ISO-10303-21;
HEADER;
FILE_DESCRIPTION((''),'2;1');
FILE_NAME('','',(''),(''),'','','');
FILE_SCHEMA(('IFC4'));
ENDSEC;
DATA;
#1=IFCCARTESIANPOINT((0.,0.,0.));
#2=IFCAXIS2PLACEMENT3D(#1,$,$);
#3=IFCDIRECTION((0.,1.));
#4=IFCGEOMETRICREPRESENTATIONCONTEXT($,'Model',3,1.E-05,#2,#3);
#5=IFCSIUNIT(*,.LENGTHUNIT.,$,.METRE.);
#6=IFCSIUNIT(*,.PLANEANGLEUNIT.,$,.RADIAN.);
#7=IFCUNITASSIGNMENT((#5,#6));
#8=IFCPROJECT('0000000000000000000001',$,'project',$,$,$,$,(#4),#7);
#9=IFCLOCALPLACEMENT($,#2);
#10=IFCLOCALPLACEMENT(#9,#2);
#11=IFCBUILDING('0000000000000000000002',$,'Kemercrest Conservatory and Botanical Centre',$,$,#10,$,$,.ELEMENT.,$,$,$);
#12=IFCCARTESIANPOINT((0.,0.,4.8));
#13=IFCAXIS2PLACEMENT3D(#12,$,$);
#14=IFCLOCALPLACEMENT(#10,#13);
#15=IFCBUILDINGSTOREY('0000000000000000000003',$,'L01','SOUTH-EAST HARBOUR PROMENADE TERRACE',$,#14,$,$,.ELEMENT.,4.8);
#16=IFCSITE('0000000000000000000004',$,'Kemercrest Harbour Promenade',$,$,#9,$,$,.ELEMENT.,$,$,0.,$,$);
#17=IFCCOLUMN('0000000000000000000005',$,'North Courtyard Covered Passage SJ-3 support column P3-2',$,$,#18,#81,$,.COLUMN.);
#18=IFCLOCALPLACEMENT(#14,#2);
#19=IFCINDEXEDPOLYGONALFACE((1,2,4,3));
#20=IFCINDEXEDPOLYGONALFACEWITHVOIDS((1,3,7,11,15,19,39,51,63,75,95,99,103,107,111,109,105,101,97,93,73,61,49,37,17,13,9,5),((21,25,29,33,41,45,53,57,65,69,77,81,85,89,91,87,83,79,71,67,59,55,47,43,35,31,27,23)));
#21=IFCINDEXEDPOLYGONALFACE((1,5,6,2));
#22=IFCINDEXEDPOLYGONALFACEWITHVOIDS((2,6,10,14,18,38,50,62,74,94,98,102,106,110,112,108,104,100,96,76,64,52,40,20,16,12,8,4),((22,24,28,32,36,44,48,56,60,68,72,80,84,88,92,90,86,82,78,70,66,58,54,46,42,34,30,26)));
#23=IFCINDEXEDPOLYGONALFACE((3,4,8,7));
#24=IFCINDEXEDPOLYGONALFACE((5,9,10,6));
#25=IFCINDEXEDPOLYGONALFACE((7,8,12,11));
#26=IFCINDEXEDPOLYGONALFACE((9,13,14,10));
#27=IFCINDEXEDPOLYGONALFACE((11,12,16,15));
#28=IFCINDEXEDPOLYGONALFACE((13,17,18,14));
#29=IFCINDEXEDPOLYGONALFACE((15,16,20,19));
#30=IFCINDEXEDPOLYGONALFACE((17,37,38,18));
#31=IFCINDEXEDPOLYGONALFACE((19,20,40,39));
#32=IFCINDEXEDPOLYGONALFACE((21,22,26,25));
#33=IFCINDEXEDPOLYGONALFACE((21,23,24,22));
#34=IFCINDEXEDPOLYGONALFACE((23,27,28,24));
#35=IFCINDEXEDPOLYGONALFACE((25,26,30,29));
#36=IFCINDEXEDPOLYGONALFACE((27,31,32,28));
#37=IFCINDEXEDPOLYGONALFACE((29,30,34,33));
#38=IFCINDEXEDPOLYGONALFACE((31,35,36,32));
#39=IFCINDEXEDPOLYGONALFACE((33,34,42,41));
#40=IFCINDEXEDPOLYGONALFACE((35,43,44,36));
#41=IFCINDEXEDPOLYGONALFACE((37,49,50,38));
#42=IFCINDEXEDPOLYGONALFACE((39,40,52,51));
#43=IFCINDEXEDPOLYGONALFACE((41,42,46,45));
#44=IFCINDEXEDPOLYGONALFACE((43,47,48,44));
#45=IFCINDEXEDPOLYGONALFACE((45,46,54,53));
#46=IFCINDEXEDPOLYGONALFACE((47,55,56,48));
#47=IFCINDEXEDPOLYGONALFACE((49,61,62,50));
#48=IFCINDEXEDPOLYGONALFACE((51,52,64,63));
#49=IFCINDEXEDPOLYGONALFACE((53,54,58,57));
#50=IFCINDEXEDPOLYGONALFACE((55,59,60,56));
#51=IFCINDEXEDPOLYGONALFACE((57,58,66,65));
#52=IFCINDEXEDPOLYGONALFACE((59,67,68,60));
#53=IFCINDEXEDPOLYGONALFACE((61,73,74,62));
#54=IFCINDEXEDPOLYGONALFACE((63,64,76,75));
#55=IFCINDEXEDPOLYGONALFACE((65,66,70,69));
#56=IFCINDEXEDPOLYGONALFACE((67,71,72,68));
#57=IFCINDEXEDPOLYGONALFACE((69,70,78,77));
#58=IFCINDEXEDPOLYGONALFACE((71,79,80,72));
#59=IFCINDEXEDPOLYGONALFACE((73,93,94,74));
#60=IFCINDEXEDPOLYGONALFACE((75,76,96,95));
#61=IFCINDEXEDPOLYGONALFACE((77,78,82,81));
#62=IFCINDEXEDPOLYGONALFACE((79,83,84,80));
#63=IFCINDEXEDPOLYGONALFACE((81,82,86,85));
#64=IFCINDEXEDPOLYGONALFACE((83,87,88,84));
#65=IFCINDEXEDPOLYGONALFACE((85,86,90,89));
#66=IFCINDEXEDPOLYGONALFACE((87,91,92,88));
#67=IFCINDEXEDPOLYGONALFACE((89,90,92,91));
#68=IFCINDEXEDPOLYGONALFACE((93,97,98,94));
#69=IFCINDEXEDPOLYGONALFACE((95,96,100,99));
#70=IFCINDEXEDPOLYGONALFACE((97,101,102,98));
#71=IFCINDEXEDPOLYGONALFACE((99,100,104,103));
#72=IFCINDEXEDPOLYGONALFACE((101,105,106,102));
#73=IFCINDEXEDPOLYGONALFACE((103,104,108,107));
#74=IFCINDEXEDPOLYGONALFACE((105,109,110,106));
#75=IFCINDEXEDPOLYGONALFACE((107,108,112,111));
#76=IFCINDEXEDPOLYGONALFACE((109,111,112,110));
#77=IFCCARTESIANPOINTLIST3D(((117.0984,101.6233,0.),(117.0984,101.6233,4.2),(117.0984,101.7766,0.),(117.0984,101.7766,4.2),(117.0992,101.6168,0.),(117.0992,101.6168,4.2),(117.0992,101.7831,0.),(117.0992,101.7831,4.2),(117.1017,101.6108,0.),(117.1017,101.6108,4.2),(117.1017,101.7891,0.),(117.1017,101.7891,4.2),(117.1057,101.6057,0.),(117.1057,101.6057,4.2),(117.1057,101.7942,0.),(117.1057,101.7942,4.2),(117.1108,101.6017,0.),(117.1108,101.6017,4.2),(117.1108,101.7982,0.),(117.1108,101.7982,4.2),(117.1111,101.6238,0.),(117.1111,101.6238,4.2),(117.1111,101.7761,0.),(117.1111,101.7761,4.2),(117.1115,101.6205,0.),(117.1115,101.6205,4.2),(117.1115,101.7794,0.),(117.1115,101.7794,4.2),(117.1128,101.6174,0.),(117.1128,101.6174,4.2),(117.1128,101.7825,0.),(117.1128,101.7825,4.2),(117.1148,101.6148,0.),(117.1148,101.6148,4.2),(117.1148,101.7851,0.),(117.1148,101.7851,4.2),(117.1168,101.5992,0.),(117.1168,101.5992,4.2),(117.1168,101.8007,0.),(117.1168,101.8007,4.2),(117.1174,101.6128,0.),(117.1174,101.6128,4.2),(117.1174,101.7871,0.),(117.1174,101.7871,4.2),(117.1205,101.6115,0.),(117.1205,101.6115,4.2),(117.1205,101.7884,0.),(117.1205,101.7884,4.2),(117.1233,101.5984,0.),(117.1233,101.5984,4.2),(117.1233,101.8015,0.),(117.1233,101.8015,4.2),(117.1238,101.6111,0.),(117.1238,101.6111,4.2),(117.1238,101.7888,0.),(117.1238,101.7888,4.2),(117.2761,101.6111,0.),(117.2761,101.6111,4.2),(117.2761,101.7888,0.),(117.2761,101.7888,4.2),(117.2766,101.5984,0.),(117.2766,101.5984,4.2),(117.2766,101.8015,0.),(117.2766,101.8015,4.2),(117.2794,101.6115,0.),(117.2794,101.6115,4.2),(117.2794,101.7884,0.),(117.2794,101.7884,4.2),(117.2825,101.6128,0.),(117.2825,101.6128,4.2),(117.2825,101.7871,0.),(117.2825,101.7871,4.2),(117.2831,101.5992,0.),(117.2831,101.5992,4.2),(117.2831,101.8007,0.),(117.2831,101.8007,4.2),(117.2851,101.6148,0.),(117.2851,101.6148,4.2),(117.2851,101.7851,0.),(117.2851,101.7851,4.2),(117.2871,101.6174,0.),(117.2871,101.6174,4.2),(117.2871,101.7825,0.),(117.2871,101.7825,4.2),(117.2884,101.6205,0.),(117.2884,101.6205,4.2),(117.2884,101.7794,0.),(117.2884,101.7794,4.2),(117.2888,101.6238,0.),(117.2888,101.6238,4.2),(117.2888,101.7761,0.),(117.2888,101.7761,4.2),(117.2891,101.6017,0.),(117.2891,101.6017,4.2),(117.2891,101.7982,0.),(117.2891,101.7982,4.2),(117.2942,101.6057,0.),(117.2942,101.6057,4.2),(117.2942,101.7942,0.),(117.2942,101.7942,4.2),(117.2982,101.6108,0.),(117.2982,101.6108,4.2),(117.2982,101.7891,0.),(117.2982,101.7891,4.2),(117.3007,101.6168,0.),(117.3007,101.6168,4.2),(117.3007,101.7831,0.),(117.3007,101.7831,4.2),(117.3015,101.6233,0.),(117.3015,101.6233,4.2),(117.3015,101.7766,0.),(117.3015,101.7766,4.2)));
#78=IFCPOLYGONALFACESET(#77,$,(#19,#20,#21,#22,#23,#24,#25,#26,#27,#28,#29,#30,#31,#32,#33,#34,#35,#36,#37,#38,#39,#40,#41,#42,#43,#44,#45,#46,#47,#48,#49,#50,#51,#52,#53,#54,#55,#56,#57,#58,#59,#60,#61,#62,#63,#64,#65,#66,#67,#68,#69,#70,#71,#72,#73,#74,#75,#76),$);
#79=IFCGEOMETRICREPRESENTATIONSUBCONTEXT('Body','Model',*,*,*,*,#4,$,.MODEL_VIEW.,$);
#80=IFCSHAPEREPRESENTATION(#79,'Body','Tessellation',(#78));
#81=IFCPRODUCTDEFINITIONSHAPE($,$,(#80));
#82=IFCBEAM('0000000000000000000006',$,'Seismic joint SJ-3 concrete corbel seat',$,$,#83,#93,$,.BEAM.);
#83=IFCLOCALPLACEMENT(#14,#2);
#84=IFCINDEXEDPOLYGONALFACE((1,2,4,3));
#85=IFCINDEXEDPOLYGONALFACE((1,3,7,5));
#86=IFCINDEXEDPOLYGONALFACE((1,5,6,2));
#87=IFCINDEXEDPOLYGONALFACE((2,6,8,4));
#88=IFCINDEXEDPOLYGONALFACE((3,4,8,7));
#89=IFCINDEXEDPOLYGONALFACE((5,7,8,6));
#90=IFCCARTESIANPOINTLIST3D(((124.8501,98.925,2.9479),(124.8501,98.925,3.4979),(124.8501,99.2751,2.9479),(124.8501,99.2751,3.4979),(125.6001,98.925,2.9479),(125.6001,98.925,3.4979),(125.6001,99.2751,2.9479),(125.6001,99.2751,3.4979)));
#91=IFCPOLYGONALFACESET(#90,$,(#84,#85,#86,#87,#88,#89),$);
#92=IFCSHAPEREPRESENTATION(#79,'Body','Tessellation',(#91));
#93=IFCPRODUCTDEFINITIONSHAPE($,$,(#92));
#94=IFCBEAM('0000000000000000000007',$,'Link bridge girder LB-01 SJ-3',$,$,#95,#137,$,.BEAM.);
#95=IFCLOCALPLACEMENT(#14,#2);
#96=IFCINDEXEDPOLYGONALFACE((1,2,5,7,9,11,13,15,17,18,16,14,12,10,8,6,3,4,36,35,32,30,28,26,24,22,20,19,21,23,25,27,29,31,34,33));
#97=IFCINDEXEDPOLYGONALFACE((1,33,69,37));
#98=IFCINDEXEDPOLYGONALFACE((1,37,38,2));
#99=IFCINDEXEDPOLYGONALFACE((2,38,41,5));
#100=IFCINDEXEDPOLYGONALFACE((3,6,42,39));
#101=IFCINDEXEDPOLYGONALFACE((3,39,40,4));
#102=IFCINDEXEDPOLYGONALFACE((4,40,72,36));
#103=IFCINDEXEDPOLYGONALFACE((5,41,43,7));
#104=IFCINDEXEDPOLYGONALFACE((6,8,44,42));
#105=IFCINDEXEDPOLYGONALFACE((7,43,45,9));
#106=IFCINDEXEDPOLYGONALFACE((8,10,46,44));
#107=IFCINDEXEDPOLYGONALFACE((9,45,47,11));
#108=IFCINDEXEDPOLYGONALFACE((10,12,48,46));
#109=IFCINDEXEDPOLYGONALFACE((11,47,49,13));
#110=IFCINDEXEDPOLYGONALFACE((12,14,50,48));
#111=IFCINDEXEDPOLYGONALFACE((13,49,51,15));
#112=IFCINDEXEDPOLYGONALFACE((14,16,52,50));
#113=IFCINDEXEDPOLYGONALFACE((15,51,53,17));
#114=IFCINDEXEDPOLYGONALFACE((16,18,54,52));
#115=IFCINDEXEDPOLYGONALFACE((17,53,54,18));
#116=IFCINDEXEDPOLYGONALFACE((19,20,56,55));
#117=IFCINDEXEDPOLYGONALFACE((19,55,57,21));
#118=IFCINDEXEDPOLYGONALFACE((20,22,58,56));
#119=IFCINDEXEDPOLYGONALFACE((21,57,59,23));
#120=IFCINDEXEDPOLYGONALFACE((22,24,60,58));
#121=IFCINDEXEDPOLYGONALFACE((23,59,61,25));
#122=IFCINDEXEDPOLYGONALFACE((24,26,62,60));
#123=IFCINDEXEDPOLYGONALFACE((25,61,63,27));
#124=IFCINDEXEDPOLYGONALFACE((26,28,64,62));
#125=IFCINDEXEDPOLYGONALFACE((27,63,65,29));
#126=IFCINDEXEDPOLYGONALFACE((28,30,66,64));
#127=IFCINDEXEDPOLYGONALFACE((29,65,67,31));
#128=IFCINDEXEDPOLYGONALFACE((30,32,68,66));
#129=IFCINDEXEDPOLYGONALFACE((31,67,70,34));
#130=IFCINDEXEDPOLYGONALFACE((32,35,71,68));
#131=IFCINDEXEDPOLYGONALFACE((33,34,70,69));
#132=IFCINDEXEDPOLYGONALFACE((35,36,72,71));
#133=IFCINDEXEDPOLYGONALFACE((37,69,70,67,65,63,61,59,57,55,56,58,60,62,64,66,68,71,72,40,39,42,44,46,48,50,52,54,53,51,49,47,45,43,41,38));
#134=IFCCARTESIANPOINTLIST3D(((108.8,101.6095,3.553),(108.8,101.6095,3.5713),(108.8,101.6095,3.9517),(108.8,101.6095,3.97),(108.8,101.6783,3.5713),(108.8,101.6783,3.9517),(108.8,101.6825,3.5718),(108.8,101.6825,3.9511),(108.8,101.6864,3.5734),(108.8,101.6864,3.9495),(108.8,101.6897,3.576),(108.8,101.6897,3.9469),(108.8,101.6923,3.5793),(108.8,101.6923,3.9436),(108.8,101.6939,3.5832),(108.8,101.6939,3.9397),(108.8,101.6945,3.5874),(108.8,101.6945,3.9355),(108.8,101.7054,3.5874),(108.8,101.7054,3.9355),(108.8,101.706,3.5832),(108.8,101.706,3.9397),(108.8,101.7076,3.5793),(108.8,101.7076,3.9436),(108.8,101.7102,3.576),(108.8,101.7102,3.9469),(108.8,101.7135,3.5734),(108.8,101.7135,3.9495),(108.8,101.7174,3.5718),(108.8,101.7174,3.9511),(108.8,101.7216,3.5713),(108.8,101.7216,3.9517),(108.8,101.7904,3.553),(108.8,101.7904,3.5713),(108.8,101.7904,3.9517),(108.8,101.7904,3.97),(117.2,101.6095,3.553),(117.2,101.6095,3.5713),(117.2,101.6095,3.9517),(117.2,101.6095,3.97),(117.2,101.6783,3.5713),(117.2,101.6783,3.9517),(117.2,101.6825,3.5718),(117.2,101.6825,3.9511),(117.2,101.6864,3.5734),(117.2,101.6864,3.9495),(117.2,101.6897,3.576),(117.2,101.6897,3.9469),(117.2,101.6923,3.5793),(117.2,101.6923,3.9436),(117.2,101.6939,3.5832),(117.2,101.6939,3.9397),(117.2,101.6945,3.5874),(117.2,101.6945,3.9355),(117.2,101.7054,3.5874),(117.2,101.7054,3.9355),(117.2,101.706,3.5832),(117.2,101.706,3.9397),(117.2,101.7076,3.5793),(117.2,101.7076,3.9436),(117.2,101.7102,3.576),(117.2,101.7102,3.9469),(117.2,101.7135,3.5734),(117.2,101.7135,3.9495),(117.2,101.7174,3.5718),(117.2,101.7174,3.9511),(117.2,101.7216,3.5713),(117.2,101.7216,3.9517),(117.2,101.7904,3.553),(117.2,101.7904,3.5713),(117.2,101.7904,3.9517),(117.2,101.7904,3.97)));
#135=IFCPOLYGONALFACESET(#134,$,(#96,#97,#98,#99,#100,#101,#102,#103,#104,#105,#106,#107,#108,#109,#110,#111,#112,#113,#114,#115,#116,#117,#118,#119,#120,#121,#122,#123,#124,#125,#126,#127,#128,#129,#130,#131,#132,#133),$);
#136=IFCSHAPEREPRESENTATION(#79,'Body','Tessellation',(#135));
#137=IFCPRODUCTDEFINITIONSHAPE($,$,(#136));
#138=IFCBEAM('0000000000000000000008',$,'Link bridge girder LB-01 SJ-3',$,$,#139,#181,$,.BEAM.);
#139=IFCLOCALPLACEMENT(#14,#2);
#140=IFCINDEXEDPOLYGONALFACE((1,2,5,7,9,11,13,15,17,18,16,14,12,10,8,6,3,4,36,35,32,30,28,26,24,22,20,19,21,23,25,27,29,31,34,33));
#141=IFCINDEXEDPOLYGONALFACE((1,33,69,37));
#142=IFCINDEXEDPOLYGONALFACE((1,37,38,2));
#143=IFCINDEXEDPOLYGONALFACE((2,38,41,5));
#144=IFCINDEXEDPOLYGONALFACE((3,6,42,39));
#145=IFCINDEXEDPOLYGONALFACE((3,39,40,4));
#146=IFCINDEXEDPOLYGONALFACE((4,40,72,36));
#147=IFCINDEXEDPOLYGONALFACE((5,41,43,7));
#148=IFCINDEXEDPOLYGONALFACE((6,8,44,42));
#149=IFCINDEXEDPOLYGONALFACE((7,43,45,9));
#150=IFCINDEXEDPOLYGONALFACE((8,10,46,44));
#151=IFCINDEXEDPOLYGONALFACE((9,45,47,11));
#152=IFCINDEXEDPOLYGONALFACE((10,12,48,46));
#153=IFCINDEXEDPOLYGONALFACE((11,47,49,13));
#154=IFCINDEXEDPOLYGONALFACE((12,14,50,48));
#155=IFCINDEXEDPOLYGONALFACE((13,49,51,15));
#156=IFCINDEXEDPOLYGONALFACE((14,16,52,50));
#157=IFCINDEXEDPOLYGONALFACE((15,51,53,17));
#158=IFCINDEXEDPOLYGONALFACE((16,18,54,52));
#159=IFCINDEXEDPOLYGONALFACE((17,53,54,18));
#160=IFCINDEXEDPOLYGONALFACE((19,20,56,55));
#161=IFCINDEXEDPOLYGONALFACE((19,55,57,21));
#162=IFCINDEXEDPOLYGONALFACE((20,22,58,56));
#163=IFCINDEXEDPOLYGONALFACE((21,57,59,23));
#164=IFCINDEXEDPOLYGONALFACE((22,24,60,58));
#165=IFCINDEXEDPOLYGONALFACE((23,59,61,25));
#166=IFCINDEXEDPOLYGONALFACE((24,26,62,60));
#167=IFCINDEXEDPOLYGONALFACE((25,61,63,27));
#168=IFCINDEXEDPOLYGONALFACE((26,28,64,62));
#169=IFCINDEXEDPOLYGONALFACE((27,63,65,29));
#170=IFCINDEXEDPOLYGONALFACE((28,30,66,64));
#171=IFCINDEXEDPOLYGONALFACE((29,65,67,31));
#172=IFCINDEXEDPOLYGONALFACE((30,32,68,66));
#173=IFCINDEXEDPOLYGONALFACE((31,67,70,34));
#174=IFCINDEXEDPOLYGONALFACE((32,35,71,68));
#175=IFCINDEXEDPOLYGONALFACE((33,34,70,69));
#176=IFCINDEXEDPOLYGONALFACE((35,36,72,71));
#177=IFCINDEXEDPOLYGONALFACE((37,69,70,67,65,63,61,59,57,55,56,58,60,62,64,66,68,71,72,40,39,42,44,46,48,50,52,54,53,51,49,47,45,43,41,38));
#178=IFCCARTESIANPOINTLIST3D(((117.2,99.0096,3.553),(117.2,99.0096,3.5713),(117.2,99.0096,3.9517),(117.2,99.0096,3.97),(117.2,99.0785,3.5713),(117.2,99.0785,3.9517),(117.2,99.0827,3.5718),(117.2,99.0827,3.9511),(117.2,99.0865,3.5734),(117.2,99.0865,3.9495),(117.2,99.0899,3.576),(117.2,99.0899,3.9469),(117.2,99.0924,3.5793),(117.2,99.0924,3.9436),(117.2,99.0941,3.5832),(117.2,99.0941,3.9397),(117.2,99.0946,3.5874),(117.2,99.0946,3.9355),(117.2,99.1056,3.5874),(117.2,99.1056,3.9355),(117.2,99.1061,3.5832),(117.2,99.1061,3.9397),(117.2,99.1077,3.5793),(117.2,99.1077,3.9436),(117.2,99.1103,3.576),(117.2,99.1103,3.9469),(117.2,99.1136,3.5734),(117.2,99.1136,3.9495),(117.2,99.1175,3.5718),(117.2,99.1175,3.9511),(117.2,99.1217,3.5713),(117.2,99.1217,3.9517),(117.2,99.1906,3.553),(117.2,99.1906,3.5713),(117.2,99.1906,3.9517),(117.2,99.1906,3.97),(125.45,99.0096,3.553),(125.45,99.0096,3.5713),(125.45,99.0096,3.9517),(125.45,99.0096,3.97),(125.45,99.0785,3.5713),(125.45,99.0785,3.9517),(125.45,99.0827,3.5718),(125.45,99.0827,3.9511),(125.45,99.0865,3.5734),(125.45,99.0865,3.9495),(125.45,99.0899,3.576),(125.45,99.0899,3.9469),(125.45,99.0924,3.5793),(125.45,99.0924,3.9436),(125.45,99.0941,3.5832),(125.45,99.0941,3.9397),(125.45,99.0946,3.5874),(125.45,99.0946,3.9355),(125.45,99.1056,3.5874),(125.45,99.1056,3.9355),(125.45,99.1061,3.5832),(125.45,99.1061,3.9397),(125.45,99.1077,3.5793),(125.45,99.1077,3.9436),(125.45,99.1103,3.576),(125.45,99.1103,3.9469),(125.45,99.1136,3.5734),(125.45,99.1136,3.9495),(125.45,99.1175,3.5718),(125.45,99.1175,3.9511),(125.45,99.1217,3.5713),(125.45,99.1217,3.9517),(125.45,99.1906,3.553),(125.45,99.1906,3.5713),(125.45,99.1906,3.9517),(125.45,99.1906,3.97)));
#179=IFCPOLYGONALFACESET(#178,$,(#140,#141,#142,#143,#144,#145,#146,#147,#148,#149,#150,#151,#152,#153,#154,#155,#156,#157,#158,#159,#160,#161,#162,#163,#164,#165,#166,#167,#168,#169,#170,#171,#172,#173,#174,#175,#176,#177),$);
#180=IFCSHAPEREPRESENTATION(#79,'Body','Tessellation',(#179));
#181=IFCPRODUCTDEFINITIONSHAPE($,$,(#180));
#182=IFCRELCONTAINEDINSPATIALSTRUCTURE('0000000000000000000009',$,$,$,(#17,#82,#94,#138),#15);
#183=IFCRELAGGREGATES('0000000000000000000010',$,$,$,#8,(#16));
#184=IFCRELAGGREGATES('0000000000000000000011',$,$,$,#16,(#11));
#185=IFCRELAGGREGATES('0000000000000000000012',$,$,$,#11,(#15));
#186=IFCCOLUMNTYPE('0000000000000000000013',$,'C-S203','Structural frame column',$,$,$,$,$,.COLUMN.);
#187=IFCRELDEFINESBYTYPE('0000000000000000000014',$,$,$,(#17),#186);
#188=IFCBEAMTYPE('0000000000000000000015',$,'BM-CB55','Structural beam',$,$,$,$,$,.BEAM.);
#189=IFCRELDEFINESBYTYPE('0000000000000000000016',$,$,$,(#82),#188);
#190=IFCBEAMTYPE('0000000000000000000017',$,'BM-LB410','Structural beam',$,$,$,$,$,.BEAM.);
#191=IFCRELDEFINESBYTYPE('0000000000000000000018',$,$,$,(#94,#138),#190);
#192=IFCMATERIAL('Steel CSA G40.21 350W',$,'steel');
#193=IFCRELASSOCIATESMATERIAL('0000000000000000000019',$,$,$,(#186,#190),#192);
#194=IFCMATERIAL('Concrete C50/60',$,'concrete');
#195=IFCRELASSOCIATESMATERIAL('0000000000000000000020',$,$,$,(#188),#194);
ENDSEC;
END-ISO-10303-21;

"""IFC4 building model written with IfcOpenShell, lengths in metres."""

from ifc_helpers import new_model, si_unit, direction, frame, origin, origin_2d, place, context, subcontext, project, spatial, rectangle, hollow_rectangle, i_section, extrude, material, material_profile, profile_set, type_object, element, save


model = new_model("IFC4")

# Units and contexts
model_context = context("Model", 3, precision=1e-05, world=origin(), true_north=direction((0.0, 1.0)))
body_context = subcontext(model_context, "Body", "Model", "MODEL_VIEW")
ifc_project = project(units=[si_unit("LENGTHUNIT", "METRE"), si_unit("PLANEANGLEUNIT", "RADIAN")], contexts=[model_context])

# Site, building, storey
site_placement = place(None, origin())
site = spatial("IfcSite", under=ifc_project, at=site_placement, Name="Kemercrest Harbour Promenade", CompositionType="ELEMENT", RefElevation=0.0)
building_placement = place(site_placement, origin())
building = spatial("IfcBuilding", under=site, at=building_placement, Name="Kemercrest Conservatory and Botanical Centre", CompositionType="ELEMENT")
storey_placement = place(building_placement, frame((0.0, 0.0, 4.8)))
storey = spatial("IfcBuildingStorey", under=building, at=storey_placement, Name="L01", Description="SOUTH-EAST HARBOUR PROMENADE TERRACE", CompositionType="ELEMENT", Elevation=4.8)

# Column
ifc_material_1 = material(Name="Concrete C50/60", Category="concrete")
ifc_material_2 = material(Name="Steel CSA G40.21 350W", Category="steel")
ifc_material_profile_1 = material_profile(ifc_material_2, hollow_rectangle(XDim=0.2031, YDim=0.2031, WallThickness=0.0127, InnerFilletRadius=0.0127, OuterFilletRadius=0.0249, at=origin_2d()), Name="HSS 203x203x12.7")
ifc_profile_set_1 = profile_set([ifc_material_profile_1], Name="Steel CSA G40.21 350W")
column_type_1 = type_object("IfcColumnType", Name="C-S203", Description="Structural frame column", PredefinedType="COLUMN", material=ifc_profile_set_1)
for number, where, z_axis, x_axis, name in (
    (1, (117.2, 101.7, 0.0), (0.0, 0.0, 1.0), (1.0, 0.0, 0.0), "North Courtyard Covered Passage SJ-3 support column P3-2"),
):
    element("IfcColumn", number, at=place(storey_placement, frame(where, z_axis=z_axis, x_axis=x_axis)), inside=storey, type_object=column_type_1, Name=name, PredefinedType="COLUMN", context=body_context, shape_type="SweptSolid", body=[
        extrude(hollow_rectangle(XDim=0.2031, YDim=0.2031, WallThickness=0.0127, InnerFilletRadius=0.0127, OuterFilletRadius=0.0249, at=origin_2d()), origin(), (0.0, 0.0, 1.0), 4.2),
    ])

# Beams
ifc_material_profile_2 = material_profile(ifc_material_1, rectangle(XDim=0.3501, YDim=0.55, at=origin_2d()), Name="RC 350x550")
ifc_profile_set_2 = profile_set([ifc_material_profile_2], Name="Concrete C50/60")
beam_type_1 = type_object("IfcBeamType", Name="BM-CB55", Description="Structural beam", PredefinedType="BEAM", material=ifc_profile_set_2)
beam_1_placement = place(storey_placement, frame((125.6001, 99.1001, 3.2229), z_axis=(-1.0, 0.0, 0.0), x_axis=(0.0, -1.0, 0.0)))
element("IfcBeam", 2, at=beam_1_placement, inside=storey, type_object=beam_type_1, Name="Seismic joint SJ-3 concrete corbel seat", PredefinedType="BEAM", context=body_context, shape_type="SweptSolid", body=[
    extrude(rectangle(XDim=0.3501, YDim=0.55, at=origin_2d()), origin(), (0.0, 0.0, 1.0), 0.75),
])
ifc_material_profile_3 = material_profile(ifc_material_2, i_section(OverallWidth=0.1809, OverallDepth=0.417, WebThickness=0.011, FlangeThickness=0.0183, FilletRadius=0.0161, at=origin_2d()), Name="W410X85")
ifc_profile_set_3 = profile_set([ifc_material_profile_3], Name="Steel CSA G40.21 350W")
beam_type_2 = type_object("IfcBeamType", Name="BM-LB410", Description="Structural beam", PredefinedType="BEAM", material=ifc_profile_set_3)
beam_2_placement = place(storey_placement, frame((108.8, 101.7, 3.7615), z_axis=(1.0, 0.0, 0.0), x_axis=(0.0, 1.0, 0.0)))
element("IfcBeam", 3, at=beam_2_placement, inside=storey, type_object=beam_type_2, Name="Link bridge girder LB-01 SJ-3", PredefinedType="BEAM", context=body_context, shape_type="SweptSolid", body=[
    extrude(i_section(OverallWidth=0.1809, OverallDepth=0.417, WebThickness=0.011, FlangeThickness=0.0183, FilletRadius=0.0161, at=origin_2d()), origin(), (0.0, 0.0, 1.0), 8.3999),
])
beam_3_placement = place(storey_placement, frame((117.2, 99.1001, 3.7615), z_axis=(1.0, 0.0, 0.0), x_axis=(0.0, 1.0, 0.0)))
element("IfcBeam", 4, at=beam_3_placement, inside=storey, type_object=beam_type_2, Name="Link bridge girder LB-01 SJ-3", PredefinedType="BEAM", context=body_context, shape_type="SweptSolid", body=[
    extrude(i_section(OverallWidth=0.1809, OverallDepth=0.417, WebThickness=0.011, FlangeThickness=0.0183, FilletRadius=0.0161, at=origin_2d()), origin(), (0.0, 0.0, 1.0), 8.25),
])

save(model, "model.ifc")
